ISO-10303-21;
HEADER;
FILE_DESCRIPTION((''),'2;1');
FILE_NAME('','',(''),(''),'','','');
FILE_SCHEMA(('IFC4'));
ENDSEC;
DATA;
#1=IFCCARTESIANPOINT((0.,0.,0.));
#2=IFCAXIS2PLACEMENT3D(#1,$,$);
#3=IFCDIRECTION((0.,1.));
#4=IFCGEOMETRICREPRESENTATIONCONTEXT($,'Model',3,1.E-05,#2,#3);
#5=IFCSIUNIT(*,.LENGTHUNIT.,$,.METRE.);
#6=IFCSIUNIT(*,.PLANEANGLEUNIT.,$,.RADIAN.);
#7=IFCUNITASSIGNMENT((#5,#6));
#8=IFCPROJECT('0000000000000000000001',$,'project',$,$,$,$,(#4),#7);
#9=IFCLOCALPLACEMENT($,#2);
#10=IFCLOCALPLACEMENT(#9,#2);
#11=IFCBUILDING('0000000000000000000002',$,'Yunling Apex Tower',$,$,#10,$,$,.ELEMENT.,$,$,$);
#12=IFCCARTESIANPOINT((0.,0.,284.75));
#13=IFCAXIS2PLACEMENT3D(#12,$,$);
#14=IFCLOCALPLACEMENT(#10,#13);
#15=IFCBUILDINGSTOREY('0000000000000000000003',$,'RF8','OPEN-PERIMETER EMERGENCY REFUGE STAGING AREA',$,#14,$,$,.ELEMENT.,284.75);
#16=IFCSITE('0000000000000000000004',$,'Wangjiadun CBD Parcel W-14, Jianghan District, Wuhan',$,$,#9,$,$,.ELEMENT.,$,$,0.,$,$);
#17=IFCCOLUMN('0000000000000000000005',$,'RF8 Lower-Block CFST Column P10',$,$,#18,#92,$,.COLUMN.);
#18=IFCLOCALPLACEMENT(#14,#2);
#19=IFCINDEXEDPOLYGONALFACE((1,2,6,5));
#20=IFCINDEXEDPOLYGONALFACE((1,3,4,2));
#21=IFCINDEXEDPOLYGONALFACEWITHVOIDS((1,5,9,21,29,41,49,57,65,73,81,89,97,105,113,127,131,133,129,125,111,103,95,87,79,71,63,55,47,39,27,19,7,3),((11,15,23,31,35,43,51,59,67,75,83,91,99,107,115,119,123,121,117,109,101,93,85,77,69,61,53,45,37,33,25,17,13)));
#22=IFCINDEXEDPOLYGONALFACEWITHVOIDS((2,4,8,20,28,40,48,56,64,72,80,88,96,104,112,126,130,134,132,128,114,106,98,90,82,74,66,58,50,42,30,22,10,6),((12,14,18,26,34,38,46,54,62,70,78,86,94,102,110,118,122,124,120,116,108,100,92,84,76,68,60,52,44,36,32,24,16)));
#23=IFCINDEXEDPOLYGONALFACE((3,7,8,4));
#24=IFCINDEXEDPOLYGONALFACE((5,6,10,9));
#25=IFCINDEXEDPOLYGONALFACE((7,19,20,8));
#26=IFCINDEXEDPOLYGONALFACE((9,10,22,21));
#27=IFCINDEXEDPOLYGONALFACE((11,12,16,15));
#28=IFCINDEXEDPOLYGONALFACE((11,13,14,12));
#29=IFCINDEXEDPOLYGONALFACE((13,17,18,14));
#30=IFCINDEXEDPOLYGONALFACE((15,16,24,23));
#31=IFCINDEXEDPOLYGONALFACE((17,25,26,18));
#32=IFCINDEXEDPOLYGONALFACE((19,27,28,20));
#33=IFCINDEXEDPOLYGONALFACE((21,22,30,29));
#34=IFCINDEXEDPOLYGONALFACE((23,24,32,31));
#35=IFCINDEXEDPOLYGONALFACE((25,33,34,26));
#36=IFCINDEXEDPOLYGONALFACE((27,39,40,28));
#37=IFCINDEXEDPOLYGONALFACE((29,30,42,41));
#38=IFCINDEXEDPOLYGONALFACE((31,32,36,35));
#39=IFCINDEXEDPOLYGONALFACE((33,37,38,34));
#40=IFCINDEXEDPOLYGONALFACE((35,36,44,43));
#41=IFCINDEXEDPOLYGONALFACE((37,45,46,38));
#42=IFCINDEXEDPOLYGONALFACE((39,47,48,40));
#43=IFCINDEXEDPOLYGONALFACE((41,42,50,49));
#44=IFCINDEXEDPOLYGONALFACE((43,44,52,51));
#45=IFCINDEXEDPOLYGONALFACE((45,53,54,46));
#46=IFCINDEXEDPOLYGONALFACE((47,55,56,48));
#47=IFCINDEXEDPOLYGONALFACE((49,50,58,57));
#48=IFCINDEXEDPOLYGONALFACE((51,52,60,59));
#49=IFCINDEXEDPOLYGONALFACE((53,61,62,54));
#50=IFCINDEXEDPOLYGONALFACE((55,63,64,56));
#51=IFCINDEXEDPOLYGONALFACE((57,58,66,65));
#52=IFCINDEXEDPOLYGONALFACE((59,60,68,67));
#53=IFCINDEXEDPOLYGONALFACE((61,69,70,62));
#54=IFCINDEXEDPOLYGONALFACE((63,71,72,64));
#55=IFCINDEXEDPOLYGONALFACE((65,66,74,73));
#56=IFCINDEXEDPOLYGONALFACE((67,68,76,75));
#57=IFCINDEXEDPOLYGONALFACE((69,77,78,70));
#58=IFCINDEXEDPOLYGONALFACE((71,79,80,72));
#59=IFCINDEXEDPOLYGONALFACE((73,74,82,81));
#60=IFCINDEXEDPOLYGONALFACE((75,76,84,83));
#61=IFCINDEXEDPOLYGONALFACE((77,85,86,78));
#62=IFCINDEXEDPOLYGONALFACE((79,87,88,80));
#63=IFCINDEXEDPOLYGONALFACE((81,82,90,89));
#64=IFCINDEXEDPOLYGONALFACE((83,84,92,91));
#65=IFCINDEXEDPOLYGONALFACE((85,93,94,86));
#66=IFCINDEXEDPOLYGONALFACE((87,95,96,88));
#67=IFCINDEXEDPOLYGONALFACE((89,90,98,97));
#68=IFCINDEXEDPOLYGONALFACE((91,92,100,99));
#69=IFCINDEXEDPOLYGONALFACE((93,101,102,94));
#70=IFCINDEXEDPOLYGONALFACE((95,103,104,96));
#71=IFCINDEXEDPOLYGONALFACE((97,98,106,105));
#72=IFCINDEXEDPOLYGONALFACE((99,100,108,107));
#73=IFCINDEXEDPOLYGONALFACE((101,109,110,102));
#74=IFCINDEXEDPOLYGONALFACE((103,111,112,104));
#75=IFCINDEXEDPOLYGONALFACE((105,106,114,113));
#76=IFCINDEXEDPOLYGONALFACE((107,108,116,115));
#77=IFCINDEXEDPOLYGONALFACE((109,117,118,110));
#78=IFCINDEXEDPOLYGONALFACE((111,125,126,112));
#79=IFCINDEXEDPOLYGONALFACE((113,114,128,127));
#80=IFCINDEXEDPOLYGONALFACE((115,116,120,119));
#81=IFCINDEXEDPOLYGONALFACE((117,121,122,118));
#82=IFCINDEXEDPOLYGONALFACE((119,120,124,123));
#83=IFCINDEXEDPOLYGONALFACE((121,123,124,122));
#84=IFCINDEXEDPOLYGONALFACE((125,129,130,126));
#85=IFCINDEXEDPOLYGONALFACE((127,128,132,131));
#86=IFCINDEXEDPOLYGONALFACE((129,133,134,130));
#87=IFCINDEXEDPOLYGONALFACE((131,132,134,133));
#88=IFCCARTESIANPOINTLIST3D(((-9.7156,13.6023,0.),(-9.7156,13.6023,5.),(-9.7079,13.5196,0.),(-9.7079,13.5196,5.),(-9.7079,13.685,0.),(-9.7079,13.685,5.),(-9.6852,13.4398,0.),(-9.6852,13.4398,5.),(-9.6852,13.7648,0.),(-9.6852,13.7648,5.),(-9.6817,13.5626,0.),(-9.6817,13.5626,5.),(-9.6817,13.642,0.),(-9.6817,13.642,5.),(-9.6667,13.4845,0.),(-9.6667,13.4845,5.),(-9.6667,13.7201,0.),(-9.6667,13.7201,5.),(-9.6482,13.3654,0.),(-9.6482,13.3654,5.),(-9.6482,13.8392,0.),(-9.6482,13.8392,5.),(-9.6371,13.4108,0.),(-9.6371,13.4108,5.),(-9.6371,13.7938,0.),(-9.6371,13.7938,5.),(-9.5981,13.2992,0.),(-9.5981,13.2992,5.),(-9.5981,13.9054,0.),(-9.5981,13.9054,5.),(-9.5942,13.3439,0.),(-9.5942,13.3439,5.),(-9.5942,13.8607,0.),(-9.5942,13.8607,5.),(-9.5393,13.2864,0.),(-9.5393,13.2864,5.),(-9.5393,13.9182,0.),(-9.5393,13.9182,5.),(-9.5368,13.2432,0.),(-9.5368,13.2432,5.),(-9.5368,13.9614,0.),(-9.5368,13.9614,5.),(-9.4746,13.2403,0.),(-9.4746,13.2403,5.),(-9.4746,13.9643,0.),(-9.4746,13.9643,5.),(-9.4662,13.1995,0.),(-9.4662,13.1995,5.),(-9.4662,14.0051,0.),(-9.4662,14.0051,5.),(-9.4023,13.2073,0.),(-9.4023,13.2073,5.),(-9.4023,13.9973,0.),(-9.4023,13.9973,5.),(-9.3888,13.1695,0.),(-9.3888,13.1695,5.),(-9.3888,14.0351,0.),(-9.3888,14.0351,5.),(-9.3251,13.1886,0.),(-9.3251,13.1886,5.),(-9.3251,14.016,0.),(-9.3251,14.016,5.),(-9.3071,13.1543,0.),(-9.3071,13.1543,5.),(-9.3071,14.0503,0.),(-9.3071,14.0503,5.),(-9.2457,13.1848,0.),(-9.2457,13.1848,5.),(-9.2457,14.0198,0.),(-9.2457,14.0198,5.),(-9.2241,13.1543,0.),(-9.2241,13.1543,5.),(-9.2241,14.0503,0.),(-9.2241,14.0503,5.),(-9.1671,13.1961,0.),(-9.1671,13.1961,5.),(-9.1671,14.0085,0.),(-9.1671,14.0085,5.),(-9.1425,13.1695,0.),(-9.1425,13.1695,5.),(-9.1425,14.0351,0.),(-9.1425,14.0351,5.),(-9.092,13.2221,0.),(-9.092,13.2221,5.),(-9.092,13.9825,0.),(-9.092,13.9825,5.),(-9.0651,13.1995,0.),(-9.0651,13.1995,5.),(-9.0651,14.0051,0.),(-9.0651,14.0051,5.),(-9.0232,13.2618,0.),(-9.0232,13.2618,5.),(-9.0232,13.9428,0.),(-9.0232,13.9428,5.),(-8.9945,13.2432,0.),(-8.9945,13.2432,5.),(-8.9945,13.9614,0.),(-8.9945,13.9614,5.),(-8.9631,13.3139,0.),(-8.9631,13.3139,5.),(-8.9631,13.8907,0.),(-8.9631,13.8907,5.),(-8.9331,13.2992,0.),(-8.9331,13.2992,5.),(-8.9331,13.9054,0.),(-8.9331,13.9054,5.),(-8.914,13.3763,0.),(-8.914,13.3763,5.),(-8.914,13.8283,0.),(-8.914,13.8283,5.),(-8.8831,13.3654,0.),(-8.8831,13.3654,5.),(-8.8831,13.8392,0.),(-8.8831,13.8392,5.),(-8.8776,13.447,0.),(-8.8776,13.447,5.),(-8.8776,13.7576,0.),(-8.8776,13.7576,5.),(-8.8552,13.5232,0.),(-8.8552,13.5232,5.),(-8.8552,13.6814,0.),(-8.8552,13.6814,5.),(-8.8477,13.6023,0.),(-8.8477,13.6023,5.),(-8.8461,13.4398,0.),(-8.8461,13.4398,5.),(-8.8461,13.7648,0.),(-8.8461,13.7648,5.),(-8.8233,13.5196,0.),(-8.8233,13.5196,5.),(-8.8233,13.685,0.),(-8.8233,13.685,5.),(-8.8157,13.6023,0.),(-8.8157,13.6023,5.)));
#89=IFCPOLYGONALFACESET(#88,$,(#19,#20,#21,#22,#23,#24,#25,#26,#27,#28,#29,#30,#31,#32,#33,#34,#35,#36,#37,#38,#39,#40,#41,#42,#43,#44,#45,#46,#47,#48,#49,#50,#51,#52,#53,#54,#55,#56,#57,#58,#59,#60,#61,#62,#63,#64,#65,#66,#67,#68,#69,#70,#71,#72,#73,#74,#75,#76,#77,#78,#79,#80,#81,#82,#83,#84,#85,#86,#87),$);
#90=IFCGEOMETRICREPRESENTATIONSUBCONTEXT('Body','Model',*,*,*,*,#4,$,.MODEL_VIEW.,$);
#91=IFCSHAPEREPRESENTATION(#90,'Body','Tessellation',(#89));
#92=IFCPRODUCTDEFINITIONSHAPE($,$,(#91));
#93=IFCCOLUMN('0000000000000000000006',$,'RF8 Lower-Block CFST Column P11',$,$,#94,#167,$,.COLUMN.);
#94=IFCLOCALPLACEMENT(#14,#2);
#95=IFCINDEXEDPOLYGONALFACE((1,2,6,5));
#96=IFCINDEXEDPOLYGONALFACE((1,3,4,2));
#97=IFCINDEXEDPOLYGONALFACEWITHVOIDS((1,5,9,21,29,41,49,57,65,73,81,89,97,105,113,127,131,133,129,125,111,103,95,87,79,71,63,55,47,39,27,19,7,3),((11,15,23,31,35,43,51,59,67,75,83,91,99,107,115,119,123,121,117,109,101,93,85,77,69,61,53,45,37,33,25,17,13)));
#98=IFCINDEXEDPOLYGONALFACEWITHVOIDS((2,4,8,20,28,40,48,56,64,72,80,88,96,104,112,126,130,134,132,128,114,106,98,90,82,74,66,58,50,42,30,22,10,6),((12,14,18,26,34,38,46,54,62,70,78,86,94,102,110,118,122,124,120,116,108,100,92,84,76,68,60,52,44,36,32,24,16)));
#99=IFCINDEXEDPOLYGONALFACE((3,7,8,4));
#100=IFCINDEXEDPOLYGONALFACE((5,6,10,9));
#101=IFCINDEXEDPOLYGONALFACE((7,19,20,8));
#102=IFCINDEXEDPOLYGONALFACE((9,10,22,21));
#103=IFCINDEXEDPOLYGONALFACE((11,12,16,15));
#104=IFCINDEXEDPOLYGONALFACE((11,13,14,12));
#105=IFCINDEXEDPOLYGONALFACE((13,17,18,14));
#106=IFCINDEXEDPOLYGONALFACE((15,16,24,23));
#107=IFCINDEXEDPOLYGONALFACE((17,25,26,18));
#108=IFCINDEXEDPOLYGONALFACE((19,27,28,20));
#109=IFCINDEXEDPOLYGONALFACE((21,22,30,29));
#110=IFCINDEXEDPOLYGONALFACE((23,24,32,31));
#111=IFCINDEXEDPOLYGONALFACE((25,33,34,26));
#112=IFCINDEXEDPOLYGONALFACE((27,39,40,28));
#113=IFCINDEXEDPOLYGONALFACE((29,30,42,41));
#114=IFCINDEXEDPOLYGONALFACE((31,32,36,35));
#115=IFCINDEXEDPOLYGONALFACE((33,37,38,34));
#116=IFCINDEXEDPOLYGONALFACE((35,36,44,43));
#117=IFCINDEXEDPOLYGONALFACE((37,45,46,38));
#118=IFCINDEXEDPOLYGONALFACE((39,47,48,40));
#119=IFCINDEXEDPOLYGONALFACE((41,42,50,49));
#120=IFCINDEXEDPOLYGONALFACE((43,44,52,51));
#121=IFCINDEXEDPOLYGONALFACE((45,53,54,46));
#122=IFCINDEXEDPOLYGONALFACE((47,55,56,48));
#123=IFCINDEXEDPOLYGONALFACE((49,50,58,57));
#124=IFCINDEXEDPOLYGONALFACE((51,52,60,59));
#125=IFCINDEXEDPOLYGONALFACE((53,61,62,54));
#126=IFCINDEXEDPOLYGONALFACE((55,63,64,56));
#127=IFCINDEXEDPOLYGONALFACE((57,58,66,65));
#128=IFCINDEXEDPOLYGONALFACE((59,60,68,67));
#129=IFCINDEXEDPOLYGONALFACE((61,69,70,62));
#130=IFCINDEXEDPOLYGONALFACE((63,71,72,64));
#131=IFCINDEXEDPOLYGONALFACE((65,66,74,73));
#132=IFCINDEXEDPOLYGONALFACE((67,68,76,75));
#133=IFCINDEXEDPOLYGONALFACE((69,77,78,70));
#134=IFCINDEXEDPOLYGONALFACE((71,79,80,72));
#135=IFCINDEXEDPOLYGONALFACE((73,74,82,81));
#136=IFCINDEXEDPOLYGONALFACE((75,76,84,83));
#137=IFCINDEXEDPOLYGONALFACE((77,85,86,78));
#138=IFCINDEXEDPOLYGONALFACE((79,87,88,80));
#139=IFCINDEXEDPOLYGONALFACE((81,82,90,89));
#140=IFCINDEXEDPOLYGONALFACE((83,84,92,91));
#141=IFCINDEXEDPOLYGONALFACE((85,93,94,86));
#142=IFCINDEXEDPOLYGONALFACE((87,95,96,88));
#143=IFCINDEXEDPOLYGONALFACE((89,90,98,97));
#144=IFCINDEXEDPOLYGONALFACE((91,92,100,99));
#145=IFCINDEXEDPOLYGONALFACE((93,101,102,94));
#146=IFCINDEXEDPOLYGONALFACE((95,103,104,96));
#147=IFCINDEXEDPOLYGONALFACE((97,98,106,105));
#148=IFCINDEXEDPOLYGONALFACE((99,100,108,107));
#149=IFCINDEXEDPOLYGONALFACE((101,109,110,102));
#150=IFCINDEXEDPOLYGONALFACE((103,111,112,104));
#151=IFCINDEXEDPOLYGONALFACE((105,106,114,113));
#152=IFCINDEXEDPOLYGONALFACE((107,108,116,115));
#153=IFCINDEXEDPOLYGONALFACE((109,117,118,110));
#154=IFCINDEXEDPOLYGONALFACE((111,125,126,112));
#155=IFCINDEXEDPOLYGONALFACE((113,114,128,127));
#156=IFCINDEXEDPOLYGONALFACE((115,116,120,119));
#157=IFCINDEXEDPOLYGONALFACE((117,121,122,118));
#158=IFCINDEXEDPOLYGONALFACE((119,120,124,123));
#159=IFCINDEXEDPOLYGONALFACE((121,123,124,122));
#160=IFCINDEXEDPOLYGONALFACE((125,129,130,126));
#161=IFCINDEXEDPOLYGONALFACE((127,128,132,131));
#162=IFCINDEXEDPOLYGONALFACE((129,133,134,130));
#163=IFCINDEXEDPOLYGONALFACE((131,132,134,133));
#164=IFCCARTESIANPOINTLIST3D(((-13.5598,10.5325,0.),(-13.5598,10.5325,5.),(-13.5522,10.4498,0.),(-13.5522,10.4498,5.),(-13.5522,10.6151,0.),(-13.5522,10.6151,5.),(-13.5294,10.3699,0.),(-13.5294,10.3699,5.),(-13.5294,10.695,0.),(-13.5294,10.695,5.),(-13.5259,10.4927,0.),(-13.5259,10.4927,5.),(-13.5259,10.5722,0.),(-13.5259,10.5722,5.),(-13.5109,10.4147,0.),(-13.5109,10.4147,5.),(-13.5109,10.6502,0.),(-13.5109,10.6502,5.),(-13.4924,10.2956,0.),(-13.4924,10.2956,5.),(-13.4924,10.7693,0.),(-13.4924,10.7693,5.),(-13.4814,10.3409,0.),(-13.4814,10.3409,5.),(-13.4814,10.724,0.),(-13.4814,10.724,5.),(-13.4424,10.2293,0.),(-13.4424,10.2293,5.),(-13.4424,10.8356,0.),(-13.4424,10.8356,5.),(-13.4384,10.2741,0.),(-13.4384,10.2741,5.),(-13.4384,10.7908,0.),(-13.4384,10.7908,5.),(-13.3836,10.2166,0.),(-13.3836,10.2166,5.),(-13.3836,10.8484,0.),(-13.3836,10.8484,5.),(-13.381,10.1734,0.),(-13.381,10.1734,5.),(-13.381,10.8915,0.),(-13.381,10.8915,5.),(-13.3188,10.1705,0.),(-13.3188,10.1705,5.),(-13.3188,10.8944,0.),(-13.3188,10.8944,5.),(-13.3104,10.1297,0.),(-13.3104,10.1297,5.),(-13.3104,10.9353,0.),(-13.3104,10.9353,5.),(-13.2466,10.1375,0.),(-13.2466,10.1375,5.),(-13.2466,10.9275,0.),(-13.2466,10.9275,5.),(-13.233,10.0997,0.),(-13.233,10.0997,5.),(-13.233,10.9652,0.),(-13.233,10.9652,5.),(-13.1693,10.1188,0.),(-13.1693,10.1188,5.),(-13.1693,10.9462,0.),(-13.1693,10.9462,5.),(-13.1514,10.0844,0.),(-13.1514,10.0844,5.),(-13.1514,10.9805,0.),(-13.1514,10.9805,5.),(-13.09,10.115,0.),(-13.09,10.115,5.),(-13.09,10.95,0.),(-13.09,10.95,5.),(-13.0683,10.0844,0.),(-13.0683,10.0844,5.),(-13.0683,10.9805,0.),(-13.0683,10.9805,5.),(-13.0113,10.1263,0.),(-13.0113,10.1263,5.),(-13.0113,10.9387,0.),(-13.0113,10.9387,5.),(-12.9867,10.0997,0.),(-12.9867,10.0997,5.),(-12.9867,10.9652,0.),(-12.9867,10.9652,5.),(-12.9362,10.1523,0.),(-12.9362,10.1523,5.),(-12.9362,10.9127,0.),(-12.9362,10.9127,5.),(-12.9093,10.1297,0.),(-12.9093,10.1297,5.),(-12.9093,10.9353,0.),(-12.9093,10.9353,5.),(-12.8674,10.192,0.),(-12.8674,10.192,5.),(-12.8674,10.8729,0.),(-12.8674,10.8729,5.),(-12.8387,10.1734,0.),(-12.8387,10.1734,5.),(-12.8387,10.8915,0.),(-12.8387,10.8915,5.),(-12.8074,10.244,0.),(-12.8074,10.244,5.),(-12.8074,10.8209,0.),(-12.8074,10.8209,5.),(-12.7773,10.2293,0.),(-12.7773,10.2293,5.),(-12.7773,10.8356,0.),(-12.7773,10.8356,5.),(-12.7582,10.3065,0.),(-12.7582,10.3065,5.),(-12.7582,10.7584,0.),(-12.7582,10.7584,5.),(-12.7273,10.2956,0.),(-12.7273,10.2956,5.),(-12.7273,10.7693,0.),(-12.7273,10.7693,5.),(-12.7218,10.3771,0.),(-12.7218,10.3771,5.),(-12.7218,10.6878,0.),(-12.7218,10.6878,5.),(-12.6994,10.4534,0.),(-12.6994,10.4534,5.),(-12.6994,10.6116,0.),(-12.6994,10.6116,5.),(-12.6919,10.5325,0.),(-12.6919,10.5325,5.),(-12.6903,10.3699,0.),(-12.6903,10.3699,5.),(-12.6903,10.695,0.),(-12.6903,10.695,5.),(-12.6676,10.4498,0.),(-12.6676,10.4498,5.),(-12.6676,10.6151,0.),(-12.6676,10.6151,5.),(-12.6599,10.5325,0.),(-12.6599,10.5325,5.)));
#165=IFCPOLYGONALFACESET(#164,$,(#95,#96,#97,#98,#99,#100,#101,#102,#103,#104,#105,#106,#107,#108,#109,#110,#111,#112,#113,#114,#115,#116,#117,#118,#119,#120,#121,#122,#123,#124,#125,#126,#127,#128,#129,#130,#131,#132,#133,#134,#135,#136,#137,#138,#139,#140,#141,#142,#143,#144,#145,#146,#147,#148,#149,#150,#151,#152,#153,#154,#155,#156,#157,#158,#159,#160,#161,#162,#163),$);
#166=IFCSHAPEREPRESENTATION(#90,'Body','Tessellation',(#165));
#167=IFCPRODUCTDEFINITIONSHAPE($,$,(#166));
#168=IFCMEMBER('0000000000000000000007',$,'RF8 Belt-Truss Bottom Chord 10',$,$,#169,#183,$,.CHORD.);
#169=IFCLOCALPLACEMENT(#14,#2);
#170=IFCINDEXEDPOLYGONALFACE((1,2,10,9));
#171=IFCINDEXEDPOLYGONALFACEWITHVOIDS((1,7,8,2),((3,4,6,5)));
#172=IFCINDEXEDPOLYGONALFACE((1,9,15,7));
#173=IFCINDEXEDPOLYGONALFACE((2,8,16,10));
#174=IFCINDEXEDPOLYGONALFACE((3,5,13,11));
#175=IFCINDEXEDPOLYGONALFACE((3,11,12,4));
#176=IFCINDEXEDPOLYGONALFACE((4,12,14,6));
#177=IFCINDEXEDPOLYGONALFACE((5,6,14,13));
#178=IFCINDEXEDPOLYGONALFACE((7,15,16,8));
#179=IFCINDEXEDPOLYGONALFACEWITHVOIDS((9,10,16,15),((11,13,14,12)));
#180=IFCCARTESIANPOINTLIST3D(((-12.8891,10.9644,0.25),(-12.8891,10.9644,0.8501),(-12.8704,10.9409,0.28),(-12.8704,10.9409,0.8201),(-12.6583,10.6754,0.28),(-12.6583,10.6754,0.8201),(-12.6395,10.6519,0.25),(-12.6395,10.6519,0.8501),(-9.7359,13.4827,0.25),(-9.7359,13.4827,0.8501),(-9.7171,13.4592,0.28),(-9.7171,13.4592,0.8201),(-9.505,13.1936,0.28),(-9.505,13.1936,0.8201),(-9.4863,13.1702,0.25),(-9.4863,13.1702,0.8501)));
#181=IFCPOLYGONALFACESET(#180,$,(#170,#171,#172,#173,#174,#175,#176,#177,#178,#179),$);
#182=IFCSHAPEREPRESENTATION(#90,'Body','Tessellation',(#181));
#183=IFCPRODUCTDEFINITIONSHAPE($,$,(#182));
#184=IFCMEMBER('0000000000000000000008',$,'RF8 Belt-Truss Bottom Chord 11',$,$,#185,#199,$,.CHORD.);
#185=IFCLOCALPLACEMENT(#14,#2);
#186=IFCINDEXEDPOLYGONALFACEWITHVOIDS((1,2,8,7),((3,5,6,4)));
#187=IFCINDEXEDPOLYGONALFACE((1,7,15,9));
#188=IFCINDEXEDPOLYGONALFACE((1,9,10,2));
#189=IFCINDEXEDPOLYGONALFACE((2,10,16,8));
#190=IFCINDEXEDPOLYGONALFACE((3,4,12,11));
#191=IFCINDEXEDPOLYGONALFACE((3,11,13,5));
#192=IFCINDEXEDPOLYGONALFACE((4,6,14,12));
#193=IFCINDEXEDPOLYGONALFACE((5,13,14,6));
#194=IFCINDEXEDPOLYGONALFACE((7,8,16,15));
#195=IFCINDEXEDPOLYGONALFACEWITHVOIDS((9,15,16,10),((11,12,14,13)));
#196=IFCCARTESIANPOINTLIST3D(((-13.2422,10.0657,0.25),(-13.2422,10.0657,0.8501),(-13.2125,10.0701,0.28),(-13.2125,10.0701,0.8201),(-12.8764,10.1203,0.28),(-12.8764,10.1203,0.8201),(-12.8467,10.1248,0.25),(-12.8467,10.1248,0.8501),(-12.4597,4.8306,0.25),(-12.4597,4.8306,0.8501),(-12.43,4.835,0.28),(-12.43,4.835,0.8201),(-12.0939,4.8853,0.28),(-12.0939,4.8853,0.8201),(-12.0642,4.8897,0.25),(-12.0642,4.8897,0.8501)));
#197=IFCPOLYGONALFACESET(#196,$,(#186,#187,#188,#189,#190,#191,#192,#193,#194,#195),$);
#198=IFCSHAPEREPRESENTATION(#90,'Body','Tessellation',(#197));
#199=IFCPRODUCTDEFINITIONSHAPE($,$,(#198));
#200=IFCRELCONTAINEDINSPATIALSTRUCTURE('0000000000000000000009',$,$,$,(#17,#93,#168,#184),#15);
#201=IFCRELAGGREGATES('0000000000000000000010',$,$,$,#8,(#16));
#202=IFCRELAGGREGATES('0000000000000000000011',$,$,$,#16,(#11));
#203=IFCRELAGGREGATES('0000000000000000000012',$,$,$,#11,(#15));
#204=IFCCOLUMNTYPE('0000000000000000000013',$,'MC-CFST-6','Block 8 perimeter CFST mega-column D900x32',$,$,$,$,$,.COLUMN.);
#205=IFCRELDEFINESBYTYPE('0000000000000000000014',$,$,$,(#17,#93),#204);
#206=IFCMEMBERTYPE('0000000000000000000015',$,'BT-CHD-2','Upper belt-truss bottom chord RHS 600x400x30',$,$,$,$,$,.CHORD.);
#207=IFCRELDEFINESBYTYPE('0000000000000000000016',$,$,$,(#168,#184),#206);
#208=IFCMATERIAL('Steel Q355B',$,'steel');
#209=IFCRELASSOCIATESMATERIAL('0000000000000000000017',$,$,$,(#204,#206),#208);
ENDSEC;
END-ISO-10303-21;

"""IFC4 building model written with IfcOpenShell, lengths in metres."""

from ifc_helpers import new_model, si_unit, direction, frame, origin, origin_2d, place, context, subcontext, project, spatial, hollow_rectangle, hollow_circle, extrude, source, transform, mapped, material, material_profile, profile_set, type_object, element, save


model = new_model("IFC4")

# Units and contexts
model_context = context("Model", 3, precision=1e-05, world=origin(), true_north=direction((0.0, 1.0)))
body_context = subcontext(model_context, "Body", "Model", "MODEL_VIEW")
ifc_project = project(units=[si_unit("LENGTHUNIT", "METRE"), si_unit("PLANEANGLEUNIT", "RADIAN")], contexts=[model_context])

# Site, building, storey
site_placement = place(None, origin())
site = spatial("IfcSite", under=ifc_project, at=site_placement, Name="Wangjiadun CBD Parcel W-14, Jianghan District, Wuhan", CompositionType="ELEMENT", RefElevation=0.0)
building_placement = place(site_placement, origin())
building = spatial("IfcBuilding", under=site, at=building_placement, Name="Yunling Apex Tower", CompositionType="ELEMENT")
storey_placement = place(building_placement, frame((0.0, 0.0, 284.75)))
storey = spatial("IfcBuildingStorey", under=building, at=storey_placement, Name="RF8", Description="OPEN-PERIMETER EMERGENCY REFUGE STAGING AREA", CompositionType="ELEMENT", Elevation=284.75)

# Columns
ifc_material_1 = material(Name="Steel Q355B", Category="steel")
ifc_material_profile_1 = material_profile(ifc_material_1, hollow_circle(Radius=0.45, WallThickness=0.032, at=origin_2d()))
ifc_profile_set_1 = profile_set([ifc_material_profile_1], Name="Steel Q355B")
column_type = type_object("IfcColumnType", Name="MC-CFST-6", Description="Block 8 perimeter CFST mega-column D900x32", PredefinedType="COLUMN", material=ifc_profile_set_1)
shared_shape_1 = source(origin(), body_context, "Body", "SweptSolid", [
    extrude(hollow_circle(Radius=0.45, WallThickness=0.032, at=origin_2d()), origin(), (0.0, 0.0, 1.0), 5.0),
])
for number, where, z_axis, x_axis, name in (
    (1, (-9.2656, 13.6023, 0.0), (0.0, 0.0, 1.0), (1.0, 0.0, 0.0), "RF8 Lower-Block CFST Column P10"),
    (2, (-13.1099, 10.5325, 0.0), (0.0, 0.0, 1.0), (1.0, 0.0, 0.0), "RF8 Lower-Block CFST Column P11"),
):
    element("IfcColumn", number, at=place(storey_placement, frame(where, z_axis=z_axis, x_axis=x_axis)), inside=storey, type_object=column_type, Name=name, PredefinedType="COLUMN", context=body_context, shape_type="MappedRepresentation", body=[
        mapped(shared_shape_1, transform((0.0, 0.0, 0.0), scale=1.0)),
    ])

# Members
ifc_material_profile_2 = material_profile(ifc_material_1, hollow_rectangle(XDim=0.3999, YDim=0.6001, WallThickness=0.03, at=origin_2d()))
ifc_profile_set_2 = profile_set([ifc_material_profile_2], Name="Steel Q355B")
member_type_1 = type_object("IfcMemberType", Name="BT-CHD-2", Description="Upper belt-truss bottom chord RHS 600x400x30", PredefinedType="CHORD", material=ifc_profile_set_2)
shared_shape_2 = source(origin(), body_context, "Body", "SweptSolid", [
    extrude(hollow_rectangle(XDim=0.3999, YDim=0.6001, WallThickness=0.03, at=origin_2d()), origin(), (0.0, 0.0, 1.0), 4.0354),
])
member_1_placement = place(storey_placement, frame((-9.6111, 13.3264, 0.55), z_axis=(-0.781394, -0.624038, 0.0), x_axis=(0.624038, -0.781394, 0.0)))
element("IfcMember", 3, at=member_1_placement, inside=storey, type_object=member_type_1, Name="RF8 Belt-Truss Bottom Chord 10", PredefinedType="CHORD", context=body_context, shape_type="MappedRepresentation", body=[
    mapped(shared_shape_2, transform((0.0, 0.0, 0.0), scale=1.0)),
])
shared_shape_3 = source(origin(), body_context, "Body", "SweptSolid", [
    extrude(hollow_rectangle(XDim=0.3999, YDim=0.6001, WallThickness=0.03, at=origin_2d()), origin(), (0.0, 0.0, 1.0), 5.2932),
])
member_2_placement = place(storey_placement, frame((-13.0444, 10.0952, 0.55), z_axis=(0.147824, -0.989014, 0.0), x_axis=(0.989014, 0.147824, 0.0)))
element("IfcMember", 4, at=member_2_placement, inside=storey, type_object=member_type_1, Name="RF8 Belt-Truss Bottom Chord 11", PredefinedType="CHORD", context=body_context, shape_type="MappedRepresentation", body=[
    mapped(shared_shape_3, transform((0.0, 0.0, 0.0), scale=1.0)),
])

save(model, "model.ifc")
